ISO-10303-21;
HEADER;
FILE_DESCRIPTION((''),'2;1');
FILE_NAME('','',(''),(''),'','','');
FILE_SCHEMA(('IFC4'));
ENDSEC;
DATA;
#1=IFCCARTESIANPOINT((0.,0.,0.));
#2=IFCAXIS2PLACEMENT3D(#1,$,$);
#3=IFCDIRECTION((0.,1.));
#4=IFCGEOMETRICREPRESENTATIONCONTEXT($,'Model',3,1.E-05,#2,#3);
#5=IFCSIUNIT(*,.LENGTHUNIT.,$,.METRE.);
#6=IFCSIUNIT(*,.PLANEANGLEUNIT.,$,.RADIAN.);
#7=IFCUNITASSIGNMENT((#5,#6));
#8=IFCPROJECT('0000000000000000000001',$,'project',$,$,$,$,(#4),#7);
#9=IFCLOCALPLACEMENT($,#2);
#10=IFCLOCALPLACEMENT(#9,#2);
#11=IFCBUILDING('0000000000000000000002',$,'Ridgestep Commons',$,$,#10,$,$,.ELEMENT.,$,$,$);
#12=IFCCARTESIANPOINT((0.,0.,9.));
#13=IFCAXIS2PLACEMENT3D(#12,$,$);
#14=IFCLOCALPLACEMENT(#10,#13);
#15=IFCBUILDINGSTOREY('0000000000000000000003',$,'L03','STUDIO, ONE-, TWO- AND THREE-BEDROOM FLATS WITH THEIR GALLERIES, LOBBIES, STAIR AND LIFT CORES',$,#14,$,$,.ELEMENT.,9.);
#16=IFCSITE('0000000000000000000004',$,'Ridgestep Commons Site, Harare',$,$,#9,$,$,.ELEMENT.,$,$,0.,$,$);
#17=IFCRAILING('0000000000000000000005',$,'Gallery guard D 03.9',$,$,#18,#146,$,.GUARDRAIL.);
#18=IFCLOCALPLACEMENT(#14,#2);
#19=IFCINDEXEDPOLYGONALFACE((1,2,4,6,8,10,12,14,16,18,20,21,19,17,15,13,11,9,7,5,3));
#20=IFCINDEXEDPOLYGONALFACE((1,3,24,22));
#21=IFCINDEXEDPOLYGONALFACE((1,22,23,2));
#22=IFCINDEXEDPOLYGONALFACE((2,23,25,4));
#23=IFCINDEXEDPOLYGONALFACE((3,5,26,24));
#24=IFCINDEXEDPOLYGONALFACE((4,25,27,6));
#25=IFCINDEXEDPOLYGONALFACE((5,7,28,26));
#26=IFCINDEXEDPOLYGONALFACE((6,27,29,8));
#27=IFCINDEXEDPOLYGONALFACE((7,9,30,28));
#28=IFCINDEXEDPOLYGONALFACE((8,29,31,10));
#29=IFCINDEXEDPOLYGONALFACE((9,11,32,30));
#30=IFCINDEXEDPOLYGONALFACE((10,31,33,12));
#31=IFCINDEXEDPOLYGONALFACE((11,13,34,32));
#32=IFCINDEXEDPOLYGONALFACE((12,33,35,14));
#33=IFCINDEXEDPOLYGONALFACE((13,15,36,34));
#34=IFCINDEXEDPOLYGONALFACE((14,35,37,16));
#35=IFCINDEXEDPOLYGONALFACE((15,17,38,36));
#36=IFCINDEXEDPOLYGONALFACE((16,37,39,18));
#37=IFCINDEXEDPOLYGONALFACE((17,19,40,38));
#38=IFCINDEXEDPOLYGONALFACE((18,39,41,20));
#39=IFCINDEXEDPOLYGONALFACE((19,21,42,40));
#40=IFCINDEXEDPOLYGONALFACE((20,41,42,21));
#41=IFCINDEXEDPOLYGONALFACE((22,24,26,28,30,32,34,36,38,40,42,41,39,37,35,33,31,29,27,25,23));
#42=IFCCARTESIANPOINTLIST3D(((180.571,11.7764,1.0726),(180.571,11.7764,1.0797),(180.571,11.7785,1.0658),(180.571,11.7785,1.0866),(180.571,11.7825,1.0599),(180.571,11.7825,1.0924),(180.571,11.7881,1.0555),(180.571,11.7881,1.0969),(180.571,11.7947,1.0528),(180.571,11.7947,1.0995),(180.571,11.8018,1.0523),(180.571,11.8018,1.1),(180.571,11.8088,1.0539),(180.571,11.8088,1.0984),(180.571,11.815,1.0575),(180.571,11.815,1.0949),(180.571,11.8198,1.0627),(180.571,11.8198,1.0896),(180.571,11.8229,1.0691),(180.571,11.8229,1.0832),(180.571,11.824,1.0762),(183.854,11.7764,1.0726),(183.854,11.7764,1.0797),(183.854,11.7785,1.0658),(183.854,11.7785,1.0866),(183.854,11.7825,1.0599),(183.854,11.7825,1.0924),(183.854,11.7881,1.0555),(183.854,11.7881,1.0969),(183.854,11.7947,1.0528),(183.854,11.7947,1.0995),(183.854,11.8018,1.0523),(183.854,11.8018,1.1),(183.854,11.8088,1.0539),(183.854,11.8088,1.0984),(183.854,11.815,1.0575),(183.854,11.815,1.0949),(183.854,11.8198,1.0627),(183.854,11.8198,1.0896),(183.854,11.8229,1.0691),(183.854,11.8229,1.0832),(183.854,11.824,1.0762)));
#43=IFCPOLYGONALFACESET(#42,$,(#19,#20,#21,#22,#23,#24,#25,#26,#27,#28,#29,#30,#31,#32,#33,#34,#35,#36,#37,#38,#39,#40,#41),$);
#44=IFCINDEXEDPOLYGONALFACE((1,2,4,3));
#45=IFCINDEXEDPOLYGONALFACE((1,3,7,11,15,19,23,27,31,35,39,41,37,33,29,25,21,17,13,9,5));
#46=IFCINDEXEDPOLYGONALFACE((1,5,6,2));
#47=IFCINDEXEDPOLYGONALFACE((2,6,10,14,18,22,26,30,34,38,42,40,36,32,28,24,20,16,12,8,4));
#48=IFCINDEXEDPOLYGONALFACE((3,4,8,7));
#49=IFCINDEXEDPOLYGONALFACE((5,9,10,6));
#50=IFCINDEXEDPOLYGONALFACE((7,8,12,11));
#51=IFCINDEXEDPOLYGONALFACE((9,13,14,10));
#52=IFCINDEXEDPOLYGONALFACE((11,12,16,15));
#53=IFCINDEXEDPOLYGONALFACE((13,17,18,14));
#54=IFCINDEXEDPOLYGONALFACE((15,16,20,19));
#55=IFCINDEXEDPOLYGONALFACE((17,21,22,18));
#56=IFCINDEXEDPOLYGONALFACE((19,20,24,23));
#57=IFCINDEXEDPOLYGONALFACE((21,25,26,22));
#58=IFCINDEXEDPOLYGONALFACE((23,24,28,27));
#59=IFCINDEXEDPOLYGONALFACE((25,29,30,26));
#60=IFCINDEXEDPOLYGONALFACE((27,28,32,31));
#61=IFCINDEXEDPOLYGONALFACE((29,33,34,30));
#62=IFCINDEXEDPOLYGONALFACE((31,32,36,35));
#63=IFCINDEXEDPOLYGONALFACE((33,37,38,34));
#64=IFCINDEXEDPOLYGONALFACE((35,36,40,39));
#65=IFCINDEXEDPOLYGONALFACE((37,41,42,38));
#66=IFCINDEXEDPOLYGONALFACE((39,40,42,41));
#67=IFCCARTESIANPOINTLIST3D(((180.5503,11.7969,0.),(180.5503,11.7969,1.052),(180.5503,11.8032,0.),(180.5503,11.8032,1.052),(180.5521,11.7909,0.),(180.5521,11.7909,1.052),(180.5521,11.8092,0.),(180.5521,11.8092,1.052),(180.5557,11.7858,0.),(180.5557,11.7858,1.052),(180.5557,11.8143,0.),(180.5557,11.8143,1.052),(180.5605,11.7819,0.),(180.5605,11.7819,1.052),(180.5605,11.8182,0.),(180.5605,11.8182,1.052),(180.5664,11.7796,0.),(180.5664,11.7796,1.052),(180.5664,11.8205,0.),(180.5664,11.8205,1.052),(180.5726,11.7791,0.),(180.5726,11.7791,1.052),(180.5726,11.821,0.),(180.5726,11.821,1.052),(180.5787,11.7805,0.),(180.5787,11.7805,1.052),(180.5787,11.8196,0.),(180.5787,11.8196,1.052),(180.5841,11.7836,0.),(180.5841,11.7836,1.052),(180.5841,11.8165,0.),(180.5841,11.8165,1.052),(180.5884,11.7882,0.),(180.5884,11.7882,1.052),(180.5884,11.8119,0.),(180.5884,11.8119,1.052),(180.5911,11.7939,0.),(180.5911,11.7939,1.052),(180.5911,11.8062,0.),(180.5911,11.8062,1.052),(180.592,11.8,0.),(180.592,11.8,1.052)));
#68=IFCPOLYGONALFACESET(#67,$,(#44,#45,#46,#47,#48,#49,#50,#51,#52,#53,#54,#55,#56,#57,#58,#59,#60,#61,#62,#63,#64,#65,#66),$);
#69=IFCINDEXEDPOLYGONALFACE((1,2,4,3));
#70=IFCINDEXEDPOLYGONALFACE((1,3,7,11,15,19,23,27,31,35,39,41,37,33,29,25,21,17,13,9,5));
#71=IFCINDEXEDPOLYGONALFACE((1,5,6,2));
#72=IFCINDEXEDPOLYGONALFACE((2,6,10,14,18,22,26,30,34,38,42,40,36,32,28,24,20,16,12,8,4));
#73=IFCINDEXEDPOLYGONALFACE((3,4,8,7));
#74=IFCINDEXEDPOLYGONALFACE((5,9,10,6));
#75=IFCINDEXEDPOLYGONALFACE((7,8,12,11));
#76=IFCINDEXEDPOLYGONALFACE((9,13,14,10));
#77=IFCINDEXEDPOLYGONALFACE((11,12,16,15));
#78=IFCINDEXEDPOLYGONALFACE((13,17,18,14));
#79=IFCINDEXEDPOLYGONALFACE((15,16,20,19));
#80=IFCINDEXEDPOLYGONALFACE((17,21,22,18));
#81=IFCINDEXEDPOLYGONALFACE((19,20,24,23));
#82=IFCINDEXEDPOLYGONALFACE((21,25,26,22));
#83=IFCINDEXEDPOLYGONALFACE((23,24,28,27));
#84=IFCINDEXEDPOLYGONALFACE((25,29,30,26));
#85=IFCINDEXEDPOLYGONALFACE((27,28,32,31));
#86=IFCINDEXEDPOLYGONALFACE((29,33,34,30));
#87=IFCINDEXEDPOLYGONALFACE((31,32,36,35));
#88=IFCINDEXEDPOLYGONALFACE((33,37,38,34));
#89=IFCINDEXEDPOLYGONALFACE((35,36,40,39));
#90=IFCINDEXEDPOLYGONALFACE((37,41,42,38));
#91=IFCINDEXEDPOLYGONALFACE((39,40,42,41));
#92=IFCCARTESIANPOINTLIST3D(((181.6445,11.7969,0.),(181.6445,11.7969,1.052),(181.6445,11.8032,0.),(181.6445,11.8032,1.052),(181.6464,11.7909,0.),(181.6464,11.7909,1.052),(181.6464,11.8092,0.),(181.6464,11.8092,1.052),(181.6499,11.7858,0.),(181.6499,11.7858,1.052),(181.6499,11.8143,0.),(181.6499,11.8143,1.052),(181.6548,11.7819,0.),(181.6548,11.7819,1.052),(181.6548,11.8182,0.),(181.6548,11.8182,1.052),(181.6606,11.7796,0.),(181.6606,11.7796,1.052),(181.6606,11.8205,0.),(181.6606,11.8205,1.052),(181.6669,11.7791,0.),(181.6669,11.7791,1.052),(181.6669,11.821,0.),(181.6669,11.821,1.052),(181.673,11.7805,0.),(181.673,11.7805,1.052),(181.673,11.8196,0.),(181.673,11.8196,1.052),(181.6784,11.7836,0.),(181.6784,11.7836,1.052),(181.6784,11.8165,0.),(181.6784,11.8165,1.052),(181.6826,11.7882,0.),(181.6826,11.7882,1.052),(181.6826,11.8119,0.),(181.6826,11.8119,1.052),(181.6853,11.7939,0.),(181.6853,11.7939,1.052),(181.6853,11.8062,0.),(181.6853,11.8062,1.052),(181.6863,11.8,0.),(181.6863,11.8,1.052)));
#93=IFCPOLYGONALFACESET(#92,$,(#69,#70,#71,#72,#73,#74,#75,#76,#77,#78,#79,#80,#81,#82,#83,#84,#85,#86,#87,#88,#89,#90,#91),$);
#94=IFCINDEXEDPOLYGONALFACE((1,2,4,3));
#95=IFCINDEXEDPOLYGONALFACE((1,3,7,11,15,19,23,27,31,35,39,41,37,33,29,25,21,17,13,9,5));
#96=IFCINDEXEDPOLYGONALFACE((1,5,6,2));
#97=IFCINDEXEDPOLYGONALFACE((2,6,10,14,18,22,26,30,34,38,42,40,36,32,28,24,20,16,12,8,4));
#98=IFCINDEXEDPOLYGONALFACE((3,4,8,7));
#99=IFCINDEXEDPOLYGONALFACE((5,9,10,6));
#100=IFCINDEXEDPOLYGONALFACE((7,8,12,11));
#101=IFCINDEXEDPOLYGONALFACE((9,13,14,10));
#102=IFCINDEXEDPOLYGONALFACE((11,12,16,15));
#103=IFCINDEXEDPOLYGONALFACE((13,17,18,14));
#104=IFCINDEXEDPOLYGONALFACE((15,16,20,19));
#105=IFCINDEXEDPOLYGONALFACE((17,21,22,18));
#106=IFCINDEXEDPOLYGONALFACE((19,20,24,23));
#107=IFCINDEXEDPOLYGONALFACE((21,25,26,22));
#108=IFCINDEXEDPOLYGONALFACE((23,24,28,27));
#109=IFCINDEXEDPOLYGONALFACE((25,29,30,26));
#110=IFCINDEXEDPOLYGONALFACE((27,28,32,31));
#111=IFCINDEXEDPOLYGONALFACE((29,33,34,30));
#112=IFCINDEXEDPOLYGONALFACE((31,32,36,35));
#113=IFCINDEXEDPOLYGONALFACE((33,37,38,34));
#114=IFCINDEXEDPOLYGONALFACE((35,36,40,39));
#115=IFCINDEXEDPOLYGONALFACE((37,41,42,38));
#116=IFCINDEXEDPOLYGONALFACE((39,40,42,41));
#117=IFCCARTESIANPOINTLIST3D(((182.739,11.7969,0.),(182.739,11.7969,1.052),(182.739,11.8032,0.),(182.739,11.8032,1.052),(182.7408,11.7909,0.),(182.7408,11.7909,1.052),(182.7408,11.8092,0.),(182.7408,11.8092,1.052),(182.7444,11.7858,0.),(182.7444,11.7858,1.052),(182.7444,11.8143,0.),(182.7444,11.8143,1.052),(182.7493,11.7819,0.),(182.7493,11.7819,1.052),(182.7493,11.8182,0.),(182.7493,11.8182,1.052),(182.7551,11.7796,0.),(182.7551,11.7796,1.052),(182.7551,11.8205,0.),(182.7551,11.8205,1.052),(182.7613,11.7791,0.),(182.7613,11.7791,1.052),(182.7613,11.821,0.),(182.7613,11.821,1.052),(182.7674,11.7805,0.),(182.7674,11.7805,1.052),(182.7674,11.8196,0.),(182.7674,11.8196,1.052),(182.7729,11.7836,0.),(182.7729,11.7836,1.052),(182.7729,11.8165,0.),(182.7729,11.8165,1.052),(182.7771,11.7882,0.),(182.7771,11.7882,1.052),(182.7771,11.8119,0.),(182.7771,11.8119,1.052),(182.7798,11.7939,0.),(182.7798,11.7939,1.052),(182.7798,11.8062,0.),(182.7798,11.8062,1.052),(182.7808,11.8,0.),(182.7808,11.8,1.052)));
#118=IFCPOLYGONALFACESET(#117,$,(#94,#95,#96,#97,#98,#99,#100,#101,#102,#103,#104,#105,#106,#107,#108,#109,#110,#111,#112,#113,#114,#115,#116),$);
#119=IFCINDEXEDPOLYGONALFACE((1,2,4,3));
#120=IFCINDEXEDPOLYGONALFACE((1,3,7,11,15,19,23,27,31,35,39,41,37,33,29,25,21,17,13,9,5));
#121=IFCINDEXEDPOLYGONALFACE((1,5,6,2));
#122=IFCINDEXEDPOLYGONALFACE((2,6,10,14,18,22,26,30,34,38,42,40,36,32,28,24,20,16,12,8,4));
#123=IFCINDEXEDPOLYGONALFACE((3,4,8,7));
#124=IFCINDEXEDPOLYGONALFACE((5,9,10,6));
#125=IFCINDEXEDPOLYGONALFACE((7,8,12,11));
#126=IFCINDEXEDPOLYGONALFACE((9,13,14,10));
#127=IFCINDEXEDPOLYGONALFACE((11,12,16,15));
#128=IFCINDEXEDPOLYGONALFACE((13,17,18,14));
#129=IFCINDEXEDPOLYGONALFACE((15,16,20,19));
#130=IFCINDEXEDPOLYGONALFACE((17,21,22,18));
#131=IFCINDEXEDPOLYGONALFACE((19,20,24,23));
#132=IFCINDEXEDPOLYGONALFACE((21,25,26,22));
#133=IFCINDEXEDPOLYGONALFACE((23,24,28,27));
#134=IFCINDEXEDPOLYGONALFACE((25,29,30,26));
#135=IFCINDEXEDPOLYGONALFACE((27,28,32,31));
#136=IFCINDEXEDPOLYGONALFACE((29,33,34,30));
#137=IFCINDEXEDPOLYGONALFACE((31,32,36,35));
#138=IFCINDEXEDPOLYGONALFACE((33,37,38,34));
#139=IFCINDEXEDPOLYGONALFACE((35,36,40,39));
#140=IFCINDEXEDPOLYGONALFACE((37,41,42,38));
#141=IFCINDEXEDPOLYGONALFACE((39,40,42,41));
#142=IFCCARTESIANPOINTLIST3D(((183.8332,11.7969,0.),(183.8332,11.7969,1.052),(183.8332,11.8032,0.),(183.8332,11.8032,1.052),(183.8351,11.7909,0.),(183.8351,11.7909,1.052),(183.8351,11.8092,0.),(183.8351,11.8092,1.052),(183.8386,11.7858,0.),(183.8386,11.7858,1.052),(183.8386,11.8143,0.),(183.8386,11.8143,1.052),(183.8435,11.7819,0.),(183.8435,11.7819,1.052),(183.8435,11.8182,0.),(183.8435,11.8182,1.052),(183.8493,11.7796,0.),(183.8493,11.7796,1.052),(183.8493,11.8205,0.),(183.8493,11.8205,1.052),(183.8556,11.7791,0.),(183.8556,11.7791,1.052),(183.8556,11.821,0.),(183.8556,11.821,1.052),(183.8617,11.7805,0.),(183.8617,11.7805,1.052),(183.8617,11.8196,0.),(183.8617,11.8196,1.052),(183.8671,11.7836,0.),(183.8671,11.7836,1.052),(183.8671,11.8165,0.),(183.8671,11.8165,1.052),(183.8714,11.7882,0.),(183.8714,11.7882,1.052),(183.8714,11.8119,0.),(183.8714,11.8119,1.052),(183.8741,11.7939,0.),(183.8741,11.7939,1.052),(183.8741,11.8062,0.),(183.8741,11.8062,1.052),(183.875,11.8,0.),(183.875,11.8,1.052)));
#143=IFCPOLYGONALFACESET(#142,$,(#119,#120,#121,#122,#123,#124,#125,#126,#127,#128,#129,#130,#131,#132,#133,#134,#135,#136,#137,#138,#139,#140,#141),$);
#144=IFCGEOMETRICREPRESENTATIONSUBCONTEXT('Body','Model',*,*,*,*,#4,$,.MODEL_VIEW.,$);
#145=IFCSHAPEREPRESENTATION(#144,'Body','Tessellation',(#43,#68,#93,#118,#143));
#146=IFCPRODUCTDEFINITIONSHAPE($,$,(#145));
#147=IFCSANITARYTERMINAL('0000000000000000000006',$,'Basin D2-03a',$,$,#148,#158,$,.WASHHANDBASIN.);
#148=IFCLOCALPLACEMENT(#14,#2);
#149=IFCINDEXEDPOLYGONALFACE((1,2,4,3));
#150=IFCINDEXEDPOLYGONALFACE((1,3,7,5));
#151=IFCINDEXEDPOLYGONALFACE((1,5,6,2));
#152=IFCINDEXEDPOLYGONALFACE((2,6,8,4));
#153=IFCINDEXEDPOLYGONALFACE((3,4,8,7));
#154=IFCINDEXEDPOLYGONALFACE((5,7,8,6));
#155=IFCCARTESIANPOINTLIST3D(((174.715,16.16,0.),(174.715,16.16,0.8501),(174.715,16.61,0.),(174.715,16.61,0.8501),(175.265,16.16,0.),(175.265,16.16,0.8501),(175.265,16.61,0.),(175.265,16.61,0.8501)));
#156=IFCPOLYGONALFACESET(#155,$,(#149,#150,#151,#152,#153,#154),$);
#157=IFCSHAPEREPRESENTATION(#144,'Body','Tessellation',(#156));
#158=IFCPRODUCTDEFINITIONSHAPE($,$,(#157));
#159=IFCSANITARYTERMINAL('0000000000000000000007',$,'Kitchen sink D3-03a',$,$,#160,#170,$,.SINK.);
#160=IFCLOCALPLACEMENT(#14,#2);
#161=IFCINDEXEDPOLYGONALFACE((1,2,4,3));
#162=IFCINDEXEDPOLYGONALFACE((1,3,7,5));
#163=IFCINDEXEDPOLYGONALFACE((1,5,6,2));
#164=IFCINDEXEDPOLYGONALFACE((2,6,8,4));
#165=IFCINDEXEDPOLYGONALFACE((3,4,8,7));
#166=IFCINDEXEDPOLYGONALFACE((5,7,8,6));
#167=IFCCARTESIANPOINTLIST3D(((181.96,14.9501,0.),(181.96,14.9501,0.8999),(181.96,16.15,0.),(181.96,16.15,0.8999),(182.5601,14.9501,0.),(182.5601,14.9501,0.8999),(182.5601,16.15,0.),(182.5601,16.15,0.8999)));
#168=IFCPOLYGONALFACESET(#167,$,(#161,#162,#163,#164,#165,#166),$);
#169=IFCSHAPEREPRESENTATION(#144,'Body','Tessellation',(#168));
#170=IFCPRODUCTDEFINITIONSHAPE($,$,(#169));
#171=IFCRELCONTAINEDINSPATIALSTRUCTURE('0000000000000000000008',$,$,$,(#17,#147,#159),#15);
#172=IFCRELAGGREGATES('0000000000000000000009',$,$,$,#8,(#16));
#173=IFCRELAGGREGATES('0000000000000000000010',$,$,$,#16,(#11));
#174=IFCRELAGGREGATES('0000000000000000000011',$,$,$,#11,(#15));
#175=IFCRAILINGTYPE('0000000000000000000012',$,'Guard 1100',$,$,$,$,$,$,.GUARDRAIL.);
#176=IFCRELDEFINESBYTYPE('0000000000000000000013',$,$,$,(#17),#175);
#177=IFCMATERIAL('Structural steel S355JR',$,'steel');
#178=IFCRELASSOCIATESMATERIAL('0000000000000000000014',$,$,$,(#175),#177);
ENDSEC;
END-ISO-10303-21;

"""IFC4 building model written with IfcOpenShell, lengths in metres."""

from ifc_helpers import new_model, si_unit, direction, frame, origin, origin_2d, place, context, subcontext, project, spatial, rectangle, circle, extrude, material, type_object, element, save


model = new_model("IFC4")

# Units and contexts
model_context = context("Model", 3, precision=1e-05, world=origin(), true_north=direction((0.0, 1.0)))
body_context = subcontext(model_context, "Body", "Model", "MODEL_VIEW")
ifc_project = project(units=[si_unit("LENGTHUNIT", "METRE"), si_unit("PLANEANGLEUNIT", "RADIAN")], contexts=[model_context])

# Site, building, storey
site_placement = place(None, origin())
site = spatial("IfcSite", under=ifc_project, at=site_placement, Name="Ridgestep Commons Site, Harare", CompositionType="ELEMENT", RefElevation=0.0)
building_placement = place(site_placement, origin())
building = spatial("IfcBuilding", under=site, at=building_placement, Name="Ridgestep Commons", CompositionType="ELEMENT")
storey_placement = place(building_placement, frame((0.0, 0.0, 9.0)))
storey = spatial("IfcBuildingStorey", under=building, at=storey_placement, Name="L03", Description="STUDIO, ONE-, TWO- AND THREE-BEDROOM FLATS WITH THEIR GALLERIES, LOBBIES, STAIR AND LIFT CORES", CompositionType="ELEMENT", Elevation=9.0)

# Railing
ifc_material_1 = material(Name="Structural steel S355JR", Category="steel")
railing_type = type_object("IfcRailingType", Name="Guard 1100", PredefinedType="GUARDRAIL", material=ifc_material_1)
for number, where, name in (
    (1, (180.571, 11.8, 0.0), "Gallery guard D 03.9"),
):
    element("IfcRailing", number, at=place(storey_placement, frame(where)), inside=storey, type_object=railing_type, Name=name, PredefinedType="GUARDRAIL", context=body_context, shape_type="SweptSolid", body=[
        extrude(circle(Radius=0.0239, at=origin_2d()), frame((0.0, 0.0, 1.0762), z_axis=(1.0, 0.0, 0.0), x_axis=(0.0, 1.0, 0.0)), (0.0, 0.0, 1.0), 3.283),
        extrude(circle(Radius=0.021, at=origin_2d()), origin(), (0.0, 0.0, 1.0), 1.052),
        extrude(circle(Radius=0.021, at=origin_2d()), frame((1.0942, 0.0, 0.0)), (0.0, 0.0, 1.0), 1.052),
        extrude(circle(Radius=0.021, at=origin_2d()), frame((2.1887, 0.0, 0.0)), (0.0, 0.0, 1.0), 1.052),
        extrude(circle(Radius=0.021, at=origin_2d()), frame((3.283, 0.0, 0.0)), (0.0, 0.0, 1.0), 1.052),
    ])

# Sanitary terminals
sanitary_terminal_1_placement = place(storey_placement, frame((174.99, 16.385, 0.0), z_axis=(0.0, 0.0, 1.0), x_axis=(1.0, 0.0, 0.0)))
element("IfcSanitaryTerminal", 2, at=sanitary_terminal_1_placement, inside=storey, Name="Basin D2-03a", PredefinedType="WASHHANDBASIN", context=body_context, shape_type="SweptSolid", body=[
    extrude(rectangle(XDim=0.55, YDim=0.45, at=origin_2d()), origin(), (0.0, 0.0, 1.0), 0.8501),
])
sanitary_terminal_2_placement = place(storey_placement, frame((182.26, 15.55, 0.0), z_axis=(0.0, 0.0, 1.0), x_axis=(1.0, 0.0, 0.0)))
element("IfcSanitaryTerminal", 3, at=sanitary_terminal_2_placement, inside=storey, Name="Kitchen sink D3-03a", PredefinedType="SINK", context=body_context, shape_type="SweptSolid", body=[
    extrude(rectangle(XDim=0.6001, YDim=1.2, at=origin_2d()), origin(), (0.0, 0.0, 1.0), 0.8999),
])

save(model, "model.ifc")
